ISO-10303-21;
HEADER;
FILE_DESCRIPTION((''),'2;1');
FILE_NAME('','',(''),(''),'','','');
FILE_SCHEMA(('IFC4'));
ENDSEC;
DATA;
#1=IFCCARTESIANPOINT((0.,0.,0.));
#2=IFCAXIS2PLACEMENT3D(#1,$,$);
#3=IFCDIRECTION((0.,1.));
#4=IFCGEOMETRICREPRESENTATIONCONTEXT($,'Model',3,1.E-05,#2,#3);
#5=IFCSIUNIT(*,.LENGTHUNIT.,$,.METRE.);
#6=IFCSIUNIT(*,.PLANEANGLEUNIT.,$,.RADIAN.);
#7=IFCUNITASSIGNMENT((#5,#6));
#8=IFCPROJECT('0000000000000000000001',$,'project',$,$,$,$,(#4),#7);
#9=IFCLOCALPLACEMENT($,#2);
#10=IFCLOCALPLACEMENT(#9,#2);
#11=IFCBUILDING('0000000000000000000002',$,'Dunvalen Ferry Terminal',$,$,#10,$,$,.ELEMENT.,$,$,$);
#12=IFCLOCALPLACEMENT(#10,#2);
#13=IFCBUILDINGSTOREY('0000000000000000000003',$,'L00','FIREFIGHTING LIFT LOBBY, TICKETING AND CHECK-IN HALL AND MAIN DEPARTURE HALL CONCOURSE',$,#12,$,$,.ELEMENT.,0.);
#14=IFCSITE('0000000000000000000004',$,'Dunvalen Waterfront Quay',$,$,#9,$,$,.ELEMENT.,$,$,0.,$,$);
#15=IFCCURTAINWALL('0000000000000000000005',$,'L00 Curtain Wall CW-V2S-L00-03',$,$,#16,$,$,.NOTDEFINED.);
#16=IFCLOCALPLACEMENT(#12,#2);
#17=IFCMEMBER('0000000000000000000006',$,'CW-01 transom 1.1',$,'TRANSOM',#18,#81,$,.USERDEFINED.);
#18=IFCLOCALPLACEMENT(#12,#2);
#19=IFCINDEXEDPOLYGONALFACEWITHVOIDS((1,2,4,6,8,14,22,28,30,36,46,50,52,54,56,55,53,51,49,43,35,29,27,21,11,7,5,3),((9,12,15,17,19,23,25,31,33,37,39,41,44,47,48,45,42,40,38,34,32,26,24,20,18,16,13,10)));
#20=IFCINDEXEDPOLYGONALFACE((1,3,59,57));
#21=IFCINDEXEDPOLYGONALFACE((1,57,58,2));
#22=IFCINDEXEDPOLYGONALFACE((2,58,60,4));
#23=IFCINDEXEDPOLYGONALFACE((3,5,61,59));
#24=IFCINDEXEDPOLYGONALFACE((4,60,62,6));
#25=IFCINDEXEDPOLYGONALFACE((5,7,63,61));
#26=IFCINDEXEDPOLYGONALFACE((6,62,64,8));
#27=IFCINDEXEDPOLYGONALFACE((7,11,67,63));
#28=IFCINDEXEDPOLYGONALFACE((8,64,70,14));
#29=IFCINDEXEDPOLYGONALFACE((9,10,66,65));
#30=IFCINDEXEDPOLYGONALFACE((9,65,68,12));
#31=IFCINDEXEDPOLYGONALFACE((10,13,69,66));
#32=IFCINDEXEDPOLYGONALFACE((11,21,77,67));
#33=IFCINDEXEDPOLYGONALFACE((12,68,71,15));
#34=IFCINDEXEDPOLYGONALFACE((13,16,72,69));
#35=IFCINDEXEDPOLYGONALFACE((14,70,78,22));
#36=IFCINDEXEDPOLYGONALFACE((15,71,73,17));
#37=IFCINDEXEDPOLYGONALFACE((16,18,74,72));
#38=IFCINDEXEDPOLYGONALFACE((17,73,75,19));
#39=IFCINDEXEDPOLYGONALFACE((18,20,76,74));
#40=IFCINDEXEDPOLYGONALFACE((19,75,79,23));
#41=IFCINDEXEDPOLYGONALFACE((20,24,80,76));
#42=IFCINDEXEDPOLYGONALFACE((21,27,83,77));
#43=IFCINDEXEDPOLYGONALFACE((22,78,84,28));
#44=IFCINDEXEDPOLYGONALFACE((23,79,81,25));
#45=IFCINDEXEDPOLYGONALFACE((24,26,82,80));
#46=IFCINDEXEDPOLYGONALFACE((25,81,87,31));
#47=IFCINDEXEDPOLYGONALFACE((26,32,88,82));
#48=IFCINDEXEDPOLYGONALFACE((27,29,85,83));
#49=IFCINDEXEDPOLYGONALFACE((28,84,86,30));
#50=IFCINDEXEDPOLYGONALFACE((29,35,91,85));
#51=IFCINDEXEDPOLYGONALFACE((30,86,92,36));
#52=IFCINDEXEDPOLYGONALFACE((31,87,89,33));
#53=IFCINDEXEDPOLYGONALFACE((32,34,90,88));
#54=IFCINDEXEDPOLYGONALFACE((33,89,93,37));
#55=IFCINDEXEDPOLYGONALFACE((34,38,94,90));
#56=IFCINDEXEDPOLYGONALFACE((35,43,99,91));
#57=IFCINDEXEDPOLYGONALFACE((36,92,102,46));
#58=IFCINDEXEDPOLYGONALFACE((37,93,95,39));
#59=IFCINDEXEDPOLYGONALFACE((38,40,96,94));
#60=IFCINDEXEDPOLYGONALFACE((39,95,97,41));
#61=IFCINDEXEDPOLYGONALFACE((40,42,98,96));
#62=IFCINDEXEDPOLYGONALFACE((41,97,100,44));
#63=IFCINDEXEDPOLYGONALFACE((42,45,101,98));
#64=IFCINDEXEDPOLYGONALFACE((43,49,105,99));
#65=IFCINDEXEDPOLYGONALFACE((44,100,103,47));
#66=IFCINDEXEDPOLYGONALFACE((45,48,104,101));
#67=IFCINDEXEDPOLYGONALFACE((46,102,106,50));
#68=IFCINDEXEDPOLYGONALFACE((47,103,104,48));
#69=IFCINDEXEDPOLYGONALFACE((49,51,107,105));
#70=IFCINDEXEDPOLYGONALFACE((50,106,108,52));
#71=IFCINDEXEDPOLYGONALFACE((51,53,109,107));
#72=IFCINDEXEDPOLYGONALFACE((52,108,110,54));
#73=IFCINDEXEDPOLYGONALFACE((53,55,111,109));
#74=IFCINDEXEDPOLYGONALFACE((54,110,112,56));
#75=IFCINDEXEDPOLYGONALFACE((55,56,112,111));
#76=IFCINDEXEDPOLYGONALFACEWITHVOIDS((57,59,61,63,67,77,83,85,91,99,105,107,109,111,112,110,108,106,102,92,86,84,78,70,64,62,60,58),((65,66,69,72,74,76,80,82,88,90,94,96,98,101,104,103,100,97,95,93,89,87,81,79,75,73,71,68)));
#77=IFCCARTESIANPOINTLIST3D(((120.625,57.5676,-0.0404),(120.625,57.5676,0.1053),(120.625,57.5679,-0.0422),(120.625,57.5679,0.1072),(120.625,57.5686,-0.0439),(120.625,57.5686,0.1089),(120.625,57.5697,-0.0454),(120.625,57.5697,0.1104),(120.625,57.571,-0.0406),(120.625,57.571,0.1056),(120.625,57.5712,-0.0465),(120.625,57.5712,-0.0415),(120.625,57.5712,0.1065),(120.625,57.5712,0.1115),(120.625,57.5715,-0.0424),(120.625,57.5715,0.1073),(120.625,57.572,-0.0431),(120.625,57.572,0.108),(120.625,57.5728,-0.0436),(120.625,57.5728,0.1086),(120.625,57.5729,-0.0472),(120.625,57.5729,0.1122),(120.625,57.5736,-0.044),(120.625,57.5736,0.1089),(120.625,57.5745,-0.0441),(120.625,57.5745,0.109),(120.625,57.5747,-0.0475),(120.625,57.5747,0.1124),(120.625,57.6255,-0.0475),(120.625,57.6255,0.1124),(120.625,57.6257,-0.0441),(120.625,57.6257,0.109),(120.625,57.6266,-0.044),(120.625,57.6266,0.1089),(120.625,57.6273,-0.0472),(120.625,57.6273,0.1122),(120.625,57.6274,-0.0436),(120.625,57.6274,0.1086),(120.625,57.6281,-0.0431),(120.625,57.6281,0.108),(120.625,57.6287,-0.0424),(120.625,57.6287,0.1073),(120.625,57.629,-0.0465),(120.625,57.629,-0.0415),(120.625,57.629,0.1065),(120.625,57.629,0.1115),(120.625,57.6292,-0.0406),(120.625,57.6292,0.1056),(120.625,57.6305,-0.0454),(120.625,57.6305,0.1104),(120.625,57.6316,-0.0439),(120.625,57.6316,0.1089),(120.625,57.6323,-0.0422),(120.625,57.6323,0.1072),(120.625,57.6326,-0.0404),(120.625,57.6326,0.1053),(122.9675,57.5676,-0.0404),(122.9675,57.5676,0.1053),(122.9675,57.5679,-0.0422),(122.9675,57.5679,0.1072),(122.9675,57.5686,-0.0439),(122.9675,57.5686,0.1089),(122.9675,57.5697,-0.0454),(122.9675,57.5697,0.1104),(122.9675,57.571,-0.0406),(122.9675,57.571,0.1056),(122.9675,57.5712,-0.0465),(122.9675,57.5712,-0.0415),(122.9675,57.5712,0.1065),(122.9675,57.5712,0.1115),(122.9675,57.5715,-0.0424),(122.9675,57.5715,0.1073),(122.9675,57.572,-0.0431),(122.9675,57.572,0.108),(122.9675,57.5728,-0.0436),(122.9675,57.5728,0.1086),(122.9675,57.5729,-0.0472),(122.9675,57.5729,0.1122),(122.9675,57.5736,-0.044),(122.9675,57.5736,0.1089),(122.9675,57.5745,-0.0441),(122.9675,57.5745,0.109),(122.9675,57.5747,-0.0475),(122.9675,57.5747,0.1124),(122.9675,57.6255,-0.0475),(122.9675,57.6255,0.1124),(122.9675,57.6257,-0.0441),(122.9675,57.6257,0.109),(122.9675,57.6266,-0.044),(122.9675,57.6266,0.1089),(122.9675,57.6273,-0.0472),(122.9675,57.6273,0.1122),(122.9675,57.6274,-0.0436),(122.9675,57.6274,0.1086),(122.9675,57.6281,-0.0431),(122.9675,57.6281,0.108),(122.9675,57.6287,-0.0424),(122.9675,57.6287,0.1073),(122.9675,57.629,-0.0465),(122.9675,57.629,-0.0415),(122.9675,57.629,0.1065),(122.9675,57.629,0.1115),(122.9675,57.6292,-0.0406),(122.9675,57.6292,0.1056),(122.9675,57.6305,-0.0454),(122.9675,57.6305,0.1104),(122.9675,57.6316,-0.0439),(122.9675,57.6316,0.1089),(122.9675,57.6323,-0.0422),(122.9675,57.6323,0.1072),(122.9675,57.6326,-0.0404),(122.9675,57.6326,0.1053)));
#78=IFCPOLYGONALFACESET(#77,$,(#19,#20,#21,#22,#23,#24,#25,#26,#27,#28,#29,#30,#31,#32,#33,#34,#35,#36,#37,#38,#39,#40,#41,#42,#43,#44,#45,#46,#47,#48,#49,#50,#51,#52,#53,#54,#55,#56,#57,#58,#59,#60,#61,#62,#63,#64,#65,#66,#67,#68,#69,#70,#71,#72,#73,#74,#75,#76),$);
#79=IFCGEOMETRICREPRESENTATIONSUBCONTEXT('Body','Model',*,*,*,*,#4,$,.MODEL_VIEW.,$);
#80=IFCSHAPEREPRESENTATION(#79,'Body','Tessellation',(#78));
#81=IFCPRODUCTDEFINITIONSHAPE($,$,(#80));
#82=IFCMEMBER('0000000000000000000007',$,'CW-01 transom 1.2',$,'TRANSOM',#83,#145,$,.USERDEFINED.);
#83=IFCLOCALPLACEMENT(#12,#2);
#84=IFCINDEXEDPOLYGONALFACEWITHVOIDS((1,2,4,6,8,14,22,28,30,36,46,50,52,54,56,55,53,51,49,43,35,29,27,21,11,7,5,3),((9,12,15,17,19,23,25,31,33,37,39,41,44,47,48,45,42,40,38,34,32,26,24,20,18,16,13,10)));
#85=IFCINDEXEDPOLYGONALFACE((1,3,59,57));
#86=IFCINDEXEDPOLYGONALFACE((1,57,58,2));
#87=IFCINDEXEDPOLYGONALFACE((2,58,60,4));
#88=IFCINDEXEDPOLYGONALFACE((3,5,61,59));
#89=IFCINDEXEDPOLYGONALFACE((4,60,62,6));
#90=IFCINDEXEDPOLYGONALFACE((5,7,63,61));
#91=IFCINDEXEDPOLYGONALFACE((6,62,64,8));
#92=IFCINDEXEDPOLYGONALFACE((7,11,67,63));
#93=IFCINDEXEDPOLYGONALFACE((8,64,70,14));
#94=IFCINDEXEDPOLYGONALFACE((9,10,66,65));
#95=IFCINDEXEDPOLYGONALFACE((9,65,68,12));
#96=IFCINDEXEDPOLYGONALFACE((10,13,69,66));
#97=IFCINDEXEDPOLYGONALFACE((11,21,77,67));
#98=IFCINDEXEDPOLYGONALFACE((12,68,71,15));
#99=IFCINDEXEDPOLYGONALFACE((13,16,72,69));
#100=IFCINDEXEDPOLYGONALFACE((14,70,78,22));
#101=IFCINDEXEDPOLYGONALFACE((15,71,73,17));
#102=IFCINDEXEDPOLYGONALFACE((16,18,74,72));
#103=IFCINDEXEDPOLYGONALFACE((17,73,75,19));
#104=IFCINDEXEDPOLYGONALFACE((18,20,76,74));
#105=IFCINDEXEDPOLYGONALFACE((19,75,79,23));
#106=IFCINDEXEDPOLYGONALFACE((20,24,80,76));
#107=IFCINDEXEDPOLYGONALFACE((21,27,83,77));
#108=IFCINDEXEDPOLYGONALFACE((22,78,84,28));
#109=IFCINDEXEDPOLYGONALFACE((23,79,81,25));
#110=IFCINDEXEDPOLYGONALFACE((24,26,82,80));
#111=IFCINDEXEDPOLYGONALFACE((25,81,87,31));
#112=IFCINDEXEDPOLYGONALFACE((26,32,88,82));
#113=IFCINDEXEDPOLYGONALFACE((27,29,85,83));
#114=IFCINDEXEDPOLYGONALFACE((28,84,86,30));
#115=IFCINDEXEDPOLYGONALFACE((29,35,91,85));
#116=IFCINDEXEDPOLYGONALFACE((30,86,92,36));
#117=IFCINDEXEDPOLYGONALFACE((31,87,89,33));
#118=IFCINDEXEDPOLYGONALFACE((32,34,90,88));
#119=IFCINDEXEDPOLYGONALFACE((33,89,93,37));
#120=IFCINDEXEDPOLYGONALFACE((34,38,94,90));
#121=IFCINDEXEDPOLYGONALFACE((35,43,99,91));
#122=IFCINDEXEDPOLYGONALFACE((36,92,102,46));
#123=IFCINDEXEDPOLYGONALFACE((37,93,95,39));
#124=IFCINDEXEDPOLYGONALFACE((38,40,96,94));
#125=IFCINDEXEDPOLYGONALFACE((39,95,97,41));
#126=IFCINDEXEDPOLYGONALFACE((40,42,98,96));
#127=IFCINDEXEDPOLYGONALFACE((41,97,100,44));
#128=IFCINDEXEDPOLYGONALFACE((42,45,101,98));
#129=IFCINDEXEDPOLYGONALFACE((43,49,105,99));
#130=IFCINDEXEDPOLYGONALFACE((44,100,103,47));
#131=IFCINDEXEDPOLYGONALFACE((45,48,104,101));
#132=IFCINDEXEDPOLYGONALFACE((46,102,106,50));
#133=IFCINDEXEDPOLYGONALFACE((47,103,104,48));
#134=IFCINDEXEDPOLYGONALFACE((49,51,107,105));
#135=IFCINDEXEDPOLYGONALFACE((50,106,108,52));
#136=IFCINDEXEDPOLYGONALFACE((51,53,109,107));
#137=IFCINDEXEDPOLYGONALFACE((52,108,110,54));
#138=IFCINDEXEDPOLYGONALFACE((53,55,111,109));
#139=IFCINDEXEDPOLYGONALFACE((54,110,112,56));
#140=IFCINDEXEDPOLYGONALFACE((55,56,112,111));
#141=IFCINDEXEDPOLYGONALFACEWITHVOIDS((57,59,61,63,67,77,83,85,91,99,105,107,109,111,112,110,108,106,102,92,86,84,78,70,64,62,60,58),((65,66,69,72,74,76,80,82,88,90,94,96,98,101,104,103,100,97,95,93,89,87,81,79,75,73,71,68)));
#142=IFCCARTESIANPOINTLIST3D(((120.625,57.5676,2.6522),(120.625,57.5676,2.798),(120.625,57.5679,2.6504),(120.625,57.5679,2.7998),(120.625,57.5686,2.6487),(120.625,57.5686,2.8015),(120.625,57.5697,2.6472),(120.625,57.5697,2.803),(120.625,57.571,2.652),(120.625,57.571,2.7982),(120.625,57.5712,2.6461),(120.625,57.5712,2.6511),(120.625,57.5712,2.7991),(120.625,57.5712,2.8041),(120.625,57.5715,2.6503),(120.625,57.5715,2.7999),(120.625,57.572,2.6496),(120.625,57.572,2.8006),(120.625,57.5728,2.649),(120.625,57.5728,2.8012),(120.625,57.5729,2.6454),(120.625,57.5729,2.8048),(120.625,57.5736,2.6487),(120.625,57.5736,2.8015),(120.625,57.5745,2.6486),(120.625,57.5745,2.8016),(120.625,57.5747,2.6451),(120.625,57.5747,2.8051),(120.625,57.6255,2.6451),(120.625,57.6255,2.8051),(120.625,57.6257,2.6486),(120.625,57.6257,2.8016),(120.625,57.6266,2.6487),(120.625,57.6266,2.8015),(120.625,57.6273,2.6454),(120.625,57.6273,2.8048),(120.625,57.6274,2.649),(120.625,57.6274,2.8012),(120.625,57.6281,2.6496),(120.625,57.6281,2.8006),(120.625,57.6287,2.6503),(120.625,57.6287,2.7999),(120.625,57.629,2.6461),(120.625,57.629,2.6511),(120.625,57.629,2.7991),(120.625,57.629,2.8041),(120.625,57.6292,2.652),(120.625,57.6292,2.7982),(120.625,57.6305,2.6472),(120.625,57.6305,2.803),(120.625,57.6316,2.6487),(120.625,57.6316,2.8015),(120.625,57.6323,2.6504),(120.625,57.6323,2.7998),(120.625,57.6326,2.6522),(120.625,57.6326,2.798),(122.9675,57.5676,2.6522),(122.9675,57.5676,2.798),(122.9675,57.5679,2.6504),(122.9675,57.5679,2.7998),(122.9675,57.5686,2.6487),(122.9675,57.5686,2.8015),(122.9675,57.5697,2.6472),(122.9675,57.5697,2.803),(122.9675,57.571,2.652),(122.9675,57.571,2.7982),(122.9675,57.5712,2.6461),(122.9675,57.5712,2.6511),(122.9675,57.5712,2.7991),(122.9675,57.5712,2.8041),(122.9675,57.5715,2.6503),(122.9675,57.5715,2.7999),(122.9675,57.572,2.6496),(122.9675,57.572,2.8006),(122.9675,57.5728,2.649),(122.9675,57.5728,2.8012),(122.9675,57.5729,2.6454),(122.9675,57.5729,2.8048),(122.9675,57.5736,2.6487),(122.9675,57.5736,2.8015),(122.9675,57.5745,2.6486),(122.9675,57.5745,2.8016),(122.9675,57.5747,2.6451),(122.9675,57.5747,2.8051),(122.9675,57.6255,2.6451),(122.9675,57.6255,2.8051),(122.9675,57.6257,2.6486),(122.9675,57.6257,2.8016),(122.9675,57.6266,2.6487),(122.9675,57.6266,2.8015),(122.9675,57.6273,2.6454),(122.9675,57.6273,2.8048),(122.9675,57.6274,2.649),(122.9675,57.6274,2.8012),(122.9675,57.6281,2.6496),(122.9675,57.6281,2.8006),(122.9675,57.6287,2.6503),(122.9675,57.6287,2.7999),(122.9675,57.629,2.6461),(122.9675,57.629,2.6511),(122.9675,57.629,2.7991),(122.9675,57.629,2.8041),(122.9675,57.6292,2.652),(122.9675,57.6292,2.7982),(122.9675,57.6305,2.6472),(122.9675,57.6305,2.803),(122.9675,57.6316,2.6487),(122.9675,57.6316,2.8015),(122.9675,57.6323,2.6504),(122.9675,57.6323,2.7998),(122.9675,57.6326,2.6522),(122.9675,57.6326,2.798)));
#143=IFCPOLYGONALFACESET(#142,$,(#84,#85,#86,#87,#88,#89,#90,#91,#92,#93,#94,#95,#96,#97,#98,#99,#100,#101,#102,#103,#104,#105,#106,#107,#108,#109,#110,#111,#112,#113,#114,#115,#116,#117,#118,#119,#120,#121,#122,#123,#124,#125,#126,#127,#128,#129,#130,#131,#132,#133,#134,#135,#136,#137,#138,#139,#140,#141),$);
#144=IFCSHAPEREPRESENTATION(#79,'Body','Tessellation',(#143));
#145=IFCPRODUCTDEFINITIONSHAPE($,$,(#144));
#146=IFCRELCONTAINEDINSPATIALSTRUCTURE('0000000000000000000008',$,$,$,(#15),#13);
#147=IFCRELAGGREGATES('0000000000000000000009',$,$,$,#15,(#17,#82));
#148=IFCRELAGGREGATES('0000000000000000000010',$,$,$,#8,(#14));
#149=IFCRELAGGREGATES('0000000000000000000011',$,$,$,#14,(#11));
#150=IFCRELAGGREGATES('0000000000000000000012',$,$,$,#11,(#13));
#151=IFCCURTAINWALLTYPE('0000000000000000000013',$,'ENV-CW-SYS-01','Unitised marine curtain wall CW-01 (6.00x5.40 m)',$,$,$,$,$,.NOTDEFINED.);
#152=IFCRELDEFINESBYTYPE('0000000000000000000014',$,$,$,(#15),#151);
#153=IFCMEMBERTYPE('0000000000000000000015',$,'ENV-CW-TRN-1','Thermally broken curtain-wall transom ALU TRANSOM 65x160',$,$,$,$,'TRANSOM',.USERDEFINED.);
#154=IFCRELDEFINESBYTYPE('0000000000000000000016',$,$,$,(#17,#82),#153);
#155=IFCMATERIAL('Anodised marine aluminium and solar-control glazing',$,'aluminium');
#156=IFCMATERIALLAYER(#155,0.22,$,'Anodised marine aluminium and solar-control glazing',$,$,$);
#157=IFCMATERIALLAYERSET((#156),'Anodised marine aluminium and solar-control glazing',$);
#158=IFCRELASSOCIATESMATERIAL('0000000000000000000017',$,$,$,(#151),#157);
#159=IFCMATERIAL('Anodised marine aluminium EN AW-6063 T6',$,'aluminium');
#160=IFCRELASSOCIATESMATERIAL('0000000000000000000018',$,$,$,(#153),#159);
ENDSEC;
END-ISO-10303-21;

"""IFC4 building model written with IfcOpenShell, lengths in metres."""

from ifc_helpers import new_model, si_unit, direction, frame, origin, origin_2d, place, context, subcontext, project, spatial, hollow_rectangle, extrude, material, layer, layer_set, material_profile, profile_set, type_object, element, aggregate, save


model = new_model("IFC4")

# Units and contexts
model_context = context("Model", 3, precision=1e-05, world=origin(), true_north=direction((0.0, 1.0)))
body_context = subcontext(model_context, "Body", "Model", "MODEL_VIEW")
ifc_project = project(units=[si_unit("LENGTHUNIT", "METRE"), si_unit("PLANEANGLEUNIT", "RADIAN")], contexts=[model_context])

# Site, building, storey
site_placement = place(None, origin())
site = spatial("IfcSite", under=ifc_project, at=site_placement, Name="Dunvalen Waterfront Quay", CompositionType="ELEMENT", RefElevation=0.0)
building_placement = place(site_placement, origin())
building = spatial("IfcBuilding", under=site, at=building_placement, Name="Dunvalen Ferry Terminal", CompositionType="ELEMENT")
storey_placement = place(building_placement, origin())
storey = spatial("IfcBuildingStorey", under=building, at=storey_placement, Name="L00", Description="FIREFIGHTING LIFT LOBBY, TICKETING AND CHECK-IN HALL AND MAIN DEPARTURE HALL CONCOURSE", CompositionType="ELEMENT", Elevation=0.0)

# Shared definitions
ifc_material_1 = material(Name="Anodised marine aluminium and solar-control glazing", Category="aluminium")
ifc_layer_1 = layer(ifc_material_1, 0.22, Name="Anodised marine aluminium and solar-control glazing")
ifc_layer_set_1 = layer_set([ifc_layer_1], Name="Anodised marine aluminium and solar-control glazing")
curtain_wall_type = type_object("IfcCurtainWallType", Name="ENV-CW-SYS-01", Description="Unitised marine curtain wall CW-01 (6.00x5.40 m)", PredefinedType="NOTDEFINED", material=ifc_layer_set_1)
ifc_material_2 = material(Name="Anodised marine aluminium EN AW-6063 T6", Category="aluminium")

# Curtain wall
curtain_wall_1_placement = place(storey_placement, origin())
curtain_wall_1 = element("IfcCurtainWall", 1, at=curtain_wall_1_placement, inside=storey, type_object=curtain_wall_type, Name="L00 Curtain Wall CW-V2S-L00-03", PredefinedType="NOTDEFINED")

# Members
ifc_material_profile_1 = material_profile(ifc_material_2, hollow_rectangle(XDim=0.0649, YDim=0.1599, WallThickness=0.0034, InnerFilletRadius=0.0034, OuterFilletRadius=0.0071, at=origin_2d()), Name="Anodised marine aluminium EN AW-6063 T6")
ifc_profile_set_1 = profile_set([ifc_material_profile_1], Name="Anodised marine aluminium EN AW-6063 T6")
member_type_1 = type_object("IfcMemberType", Name="ENV-CW-TRN-1", Description="Thermally broken curtain-wall transom ALU TRANSOM 65x160", ElementType="TRANSOM", PredefinedType="USERDEFINED", material=ifc_profile_set_1)
member_1_placement = place(storey_placement, frame((120.625, 57.6001, 0.0325), z_axis=(1.0, 0.0, 0.0), x_axis=(0.0, 1.0, 0.0)))
member_1 = element("IfcMember", 2, at=member_1_placement, type_object=member_type_1, Name="CW-01 transom 1.1", ObjectType="TRANSOM", PredefinedType="USERDEFINED", context=body_context, shape_type="SweptSolid", body=[
    extrude(hollow_rectangle(XDim=0.0649, YDim=0.1599, WallThickness=0.0034, InnerFilletRadius=0.0034, OuterFilletRadius=0.0071, at=origin_2d()), origin(), (0.0, 0.0, 1.0), 2.3425),
])
member_2_placement = place(storey_placement, frame((120.625, 57.6001, 2.7251), z_axis=(1.0, 0.0, 0.0), x_axis=(0.0, 1.0, 0.0)))
member_2 = element("IfcMember", 3, at=member_2_placement, type_object=member_type_1, Name="CW-01 transom 1.2", ObjectType="TRANSOM", PredefinedType="USERDEFINED", context=body_context, shape_type="SweptSolid", body=[
    extrude(hollow_rectangle(XDim=0.0649, YDim=0.1599, WallThickness=0.0034, InnerFilletRadius=0.0034, OuterFilletRadius=0.0071, at=origin_2d()), origin(), (0.0, 0.0, 1.0), 2.3425),
])
aggregate(curtain_wall_1, [member_1, member_2])

save(model, "model.ifc")
